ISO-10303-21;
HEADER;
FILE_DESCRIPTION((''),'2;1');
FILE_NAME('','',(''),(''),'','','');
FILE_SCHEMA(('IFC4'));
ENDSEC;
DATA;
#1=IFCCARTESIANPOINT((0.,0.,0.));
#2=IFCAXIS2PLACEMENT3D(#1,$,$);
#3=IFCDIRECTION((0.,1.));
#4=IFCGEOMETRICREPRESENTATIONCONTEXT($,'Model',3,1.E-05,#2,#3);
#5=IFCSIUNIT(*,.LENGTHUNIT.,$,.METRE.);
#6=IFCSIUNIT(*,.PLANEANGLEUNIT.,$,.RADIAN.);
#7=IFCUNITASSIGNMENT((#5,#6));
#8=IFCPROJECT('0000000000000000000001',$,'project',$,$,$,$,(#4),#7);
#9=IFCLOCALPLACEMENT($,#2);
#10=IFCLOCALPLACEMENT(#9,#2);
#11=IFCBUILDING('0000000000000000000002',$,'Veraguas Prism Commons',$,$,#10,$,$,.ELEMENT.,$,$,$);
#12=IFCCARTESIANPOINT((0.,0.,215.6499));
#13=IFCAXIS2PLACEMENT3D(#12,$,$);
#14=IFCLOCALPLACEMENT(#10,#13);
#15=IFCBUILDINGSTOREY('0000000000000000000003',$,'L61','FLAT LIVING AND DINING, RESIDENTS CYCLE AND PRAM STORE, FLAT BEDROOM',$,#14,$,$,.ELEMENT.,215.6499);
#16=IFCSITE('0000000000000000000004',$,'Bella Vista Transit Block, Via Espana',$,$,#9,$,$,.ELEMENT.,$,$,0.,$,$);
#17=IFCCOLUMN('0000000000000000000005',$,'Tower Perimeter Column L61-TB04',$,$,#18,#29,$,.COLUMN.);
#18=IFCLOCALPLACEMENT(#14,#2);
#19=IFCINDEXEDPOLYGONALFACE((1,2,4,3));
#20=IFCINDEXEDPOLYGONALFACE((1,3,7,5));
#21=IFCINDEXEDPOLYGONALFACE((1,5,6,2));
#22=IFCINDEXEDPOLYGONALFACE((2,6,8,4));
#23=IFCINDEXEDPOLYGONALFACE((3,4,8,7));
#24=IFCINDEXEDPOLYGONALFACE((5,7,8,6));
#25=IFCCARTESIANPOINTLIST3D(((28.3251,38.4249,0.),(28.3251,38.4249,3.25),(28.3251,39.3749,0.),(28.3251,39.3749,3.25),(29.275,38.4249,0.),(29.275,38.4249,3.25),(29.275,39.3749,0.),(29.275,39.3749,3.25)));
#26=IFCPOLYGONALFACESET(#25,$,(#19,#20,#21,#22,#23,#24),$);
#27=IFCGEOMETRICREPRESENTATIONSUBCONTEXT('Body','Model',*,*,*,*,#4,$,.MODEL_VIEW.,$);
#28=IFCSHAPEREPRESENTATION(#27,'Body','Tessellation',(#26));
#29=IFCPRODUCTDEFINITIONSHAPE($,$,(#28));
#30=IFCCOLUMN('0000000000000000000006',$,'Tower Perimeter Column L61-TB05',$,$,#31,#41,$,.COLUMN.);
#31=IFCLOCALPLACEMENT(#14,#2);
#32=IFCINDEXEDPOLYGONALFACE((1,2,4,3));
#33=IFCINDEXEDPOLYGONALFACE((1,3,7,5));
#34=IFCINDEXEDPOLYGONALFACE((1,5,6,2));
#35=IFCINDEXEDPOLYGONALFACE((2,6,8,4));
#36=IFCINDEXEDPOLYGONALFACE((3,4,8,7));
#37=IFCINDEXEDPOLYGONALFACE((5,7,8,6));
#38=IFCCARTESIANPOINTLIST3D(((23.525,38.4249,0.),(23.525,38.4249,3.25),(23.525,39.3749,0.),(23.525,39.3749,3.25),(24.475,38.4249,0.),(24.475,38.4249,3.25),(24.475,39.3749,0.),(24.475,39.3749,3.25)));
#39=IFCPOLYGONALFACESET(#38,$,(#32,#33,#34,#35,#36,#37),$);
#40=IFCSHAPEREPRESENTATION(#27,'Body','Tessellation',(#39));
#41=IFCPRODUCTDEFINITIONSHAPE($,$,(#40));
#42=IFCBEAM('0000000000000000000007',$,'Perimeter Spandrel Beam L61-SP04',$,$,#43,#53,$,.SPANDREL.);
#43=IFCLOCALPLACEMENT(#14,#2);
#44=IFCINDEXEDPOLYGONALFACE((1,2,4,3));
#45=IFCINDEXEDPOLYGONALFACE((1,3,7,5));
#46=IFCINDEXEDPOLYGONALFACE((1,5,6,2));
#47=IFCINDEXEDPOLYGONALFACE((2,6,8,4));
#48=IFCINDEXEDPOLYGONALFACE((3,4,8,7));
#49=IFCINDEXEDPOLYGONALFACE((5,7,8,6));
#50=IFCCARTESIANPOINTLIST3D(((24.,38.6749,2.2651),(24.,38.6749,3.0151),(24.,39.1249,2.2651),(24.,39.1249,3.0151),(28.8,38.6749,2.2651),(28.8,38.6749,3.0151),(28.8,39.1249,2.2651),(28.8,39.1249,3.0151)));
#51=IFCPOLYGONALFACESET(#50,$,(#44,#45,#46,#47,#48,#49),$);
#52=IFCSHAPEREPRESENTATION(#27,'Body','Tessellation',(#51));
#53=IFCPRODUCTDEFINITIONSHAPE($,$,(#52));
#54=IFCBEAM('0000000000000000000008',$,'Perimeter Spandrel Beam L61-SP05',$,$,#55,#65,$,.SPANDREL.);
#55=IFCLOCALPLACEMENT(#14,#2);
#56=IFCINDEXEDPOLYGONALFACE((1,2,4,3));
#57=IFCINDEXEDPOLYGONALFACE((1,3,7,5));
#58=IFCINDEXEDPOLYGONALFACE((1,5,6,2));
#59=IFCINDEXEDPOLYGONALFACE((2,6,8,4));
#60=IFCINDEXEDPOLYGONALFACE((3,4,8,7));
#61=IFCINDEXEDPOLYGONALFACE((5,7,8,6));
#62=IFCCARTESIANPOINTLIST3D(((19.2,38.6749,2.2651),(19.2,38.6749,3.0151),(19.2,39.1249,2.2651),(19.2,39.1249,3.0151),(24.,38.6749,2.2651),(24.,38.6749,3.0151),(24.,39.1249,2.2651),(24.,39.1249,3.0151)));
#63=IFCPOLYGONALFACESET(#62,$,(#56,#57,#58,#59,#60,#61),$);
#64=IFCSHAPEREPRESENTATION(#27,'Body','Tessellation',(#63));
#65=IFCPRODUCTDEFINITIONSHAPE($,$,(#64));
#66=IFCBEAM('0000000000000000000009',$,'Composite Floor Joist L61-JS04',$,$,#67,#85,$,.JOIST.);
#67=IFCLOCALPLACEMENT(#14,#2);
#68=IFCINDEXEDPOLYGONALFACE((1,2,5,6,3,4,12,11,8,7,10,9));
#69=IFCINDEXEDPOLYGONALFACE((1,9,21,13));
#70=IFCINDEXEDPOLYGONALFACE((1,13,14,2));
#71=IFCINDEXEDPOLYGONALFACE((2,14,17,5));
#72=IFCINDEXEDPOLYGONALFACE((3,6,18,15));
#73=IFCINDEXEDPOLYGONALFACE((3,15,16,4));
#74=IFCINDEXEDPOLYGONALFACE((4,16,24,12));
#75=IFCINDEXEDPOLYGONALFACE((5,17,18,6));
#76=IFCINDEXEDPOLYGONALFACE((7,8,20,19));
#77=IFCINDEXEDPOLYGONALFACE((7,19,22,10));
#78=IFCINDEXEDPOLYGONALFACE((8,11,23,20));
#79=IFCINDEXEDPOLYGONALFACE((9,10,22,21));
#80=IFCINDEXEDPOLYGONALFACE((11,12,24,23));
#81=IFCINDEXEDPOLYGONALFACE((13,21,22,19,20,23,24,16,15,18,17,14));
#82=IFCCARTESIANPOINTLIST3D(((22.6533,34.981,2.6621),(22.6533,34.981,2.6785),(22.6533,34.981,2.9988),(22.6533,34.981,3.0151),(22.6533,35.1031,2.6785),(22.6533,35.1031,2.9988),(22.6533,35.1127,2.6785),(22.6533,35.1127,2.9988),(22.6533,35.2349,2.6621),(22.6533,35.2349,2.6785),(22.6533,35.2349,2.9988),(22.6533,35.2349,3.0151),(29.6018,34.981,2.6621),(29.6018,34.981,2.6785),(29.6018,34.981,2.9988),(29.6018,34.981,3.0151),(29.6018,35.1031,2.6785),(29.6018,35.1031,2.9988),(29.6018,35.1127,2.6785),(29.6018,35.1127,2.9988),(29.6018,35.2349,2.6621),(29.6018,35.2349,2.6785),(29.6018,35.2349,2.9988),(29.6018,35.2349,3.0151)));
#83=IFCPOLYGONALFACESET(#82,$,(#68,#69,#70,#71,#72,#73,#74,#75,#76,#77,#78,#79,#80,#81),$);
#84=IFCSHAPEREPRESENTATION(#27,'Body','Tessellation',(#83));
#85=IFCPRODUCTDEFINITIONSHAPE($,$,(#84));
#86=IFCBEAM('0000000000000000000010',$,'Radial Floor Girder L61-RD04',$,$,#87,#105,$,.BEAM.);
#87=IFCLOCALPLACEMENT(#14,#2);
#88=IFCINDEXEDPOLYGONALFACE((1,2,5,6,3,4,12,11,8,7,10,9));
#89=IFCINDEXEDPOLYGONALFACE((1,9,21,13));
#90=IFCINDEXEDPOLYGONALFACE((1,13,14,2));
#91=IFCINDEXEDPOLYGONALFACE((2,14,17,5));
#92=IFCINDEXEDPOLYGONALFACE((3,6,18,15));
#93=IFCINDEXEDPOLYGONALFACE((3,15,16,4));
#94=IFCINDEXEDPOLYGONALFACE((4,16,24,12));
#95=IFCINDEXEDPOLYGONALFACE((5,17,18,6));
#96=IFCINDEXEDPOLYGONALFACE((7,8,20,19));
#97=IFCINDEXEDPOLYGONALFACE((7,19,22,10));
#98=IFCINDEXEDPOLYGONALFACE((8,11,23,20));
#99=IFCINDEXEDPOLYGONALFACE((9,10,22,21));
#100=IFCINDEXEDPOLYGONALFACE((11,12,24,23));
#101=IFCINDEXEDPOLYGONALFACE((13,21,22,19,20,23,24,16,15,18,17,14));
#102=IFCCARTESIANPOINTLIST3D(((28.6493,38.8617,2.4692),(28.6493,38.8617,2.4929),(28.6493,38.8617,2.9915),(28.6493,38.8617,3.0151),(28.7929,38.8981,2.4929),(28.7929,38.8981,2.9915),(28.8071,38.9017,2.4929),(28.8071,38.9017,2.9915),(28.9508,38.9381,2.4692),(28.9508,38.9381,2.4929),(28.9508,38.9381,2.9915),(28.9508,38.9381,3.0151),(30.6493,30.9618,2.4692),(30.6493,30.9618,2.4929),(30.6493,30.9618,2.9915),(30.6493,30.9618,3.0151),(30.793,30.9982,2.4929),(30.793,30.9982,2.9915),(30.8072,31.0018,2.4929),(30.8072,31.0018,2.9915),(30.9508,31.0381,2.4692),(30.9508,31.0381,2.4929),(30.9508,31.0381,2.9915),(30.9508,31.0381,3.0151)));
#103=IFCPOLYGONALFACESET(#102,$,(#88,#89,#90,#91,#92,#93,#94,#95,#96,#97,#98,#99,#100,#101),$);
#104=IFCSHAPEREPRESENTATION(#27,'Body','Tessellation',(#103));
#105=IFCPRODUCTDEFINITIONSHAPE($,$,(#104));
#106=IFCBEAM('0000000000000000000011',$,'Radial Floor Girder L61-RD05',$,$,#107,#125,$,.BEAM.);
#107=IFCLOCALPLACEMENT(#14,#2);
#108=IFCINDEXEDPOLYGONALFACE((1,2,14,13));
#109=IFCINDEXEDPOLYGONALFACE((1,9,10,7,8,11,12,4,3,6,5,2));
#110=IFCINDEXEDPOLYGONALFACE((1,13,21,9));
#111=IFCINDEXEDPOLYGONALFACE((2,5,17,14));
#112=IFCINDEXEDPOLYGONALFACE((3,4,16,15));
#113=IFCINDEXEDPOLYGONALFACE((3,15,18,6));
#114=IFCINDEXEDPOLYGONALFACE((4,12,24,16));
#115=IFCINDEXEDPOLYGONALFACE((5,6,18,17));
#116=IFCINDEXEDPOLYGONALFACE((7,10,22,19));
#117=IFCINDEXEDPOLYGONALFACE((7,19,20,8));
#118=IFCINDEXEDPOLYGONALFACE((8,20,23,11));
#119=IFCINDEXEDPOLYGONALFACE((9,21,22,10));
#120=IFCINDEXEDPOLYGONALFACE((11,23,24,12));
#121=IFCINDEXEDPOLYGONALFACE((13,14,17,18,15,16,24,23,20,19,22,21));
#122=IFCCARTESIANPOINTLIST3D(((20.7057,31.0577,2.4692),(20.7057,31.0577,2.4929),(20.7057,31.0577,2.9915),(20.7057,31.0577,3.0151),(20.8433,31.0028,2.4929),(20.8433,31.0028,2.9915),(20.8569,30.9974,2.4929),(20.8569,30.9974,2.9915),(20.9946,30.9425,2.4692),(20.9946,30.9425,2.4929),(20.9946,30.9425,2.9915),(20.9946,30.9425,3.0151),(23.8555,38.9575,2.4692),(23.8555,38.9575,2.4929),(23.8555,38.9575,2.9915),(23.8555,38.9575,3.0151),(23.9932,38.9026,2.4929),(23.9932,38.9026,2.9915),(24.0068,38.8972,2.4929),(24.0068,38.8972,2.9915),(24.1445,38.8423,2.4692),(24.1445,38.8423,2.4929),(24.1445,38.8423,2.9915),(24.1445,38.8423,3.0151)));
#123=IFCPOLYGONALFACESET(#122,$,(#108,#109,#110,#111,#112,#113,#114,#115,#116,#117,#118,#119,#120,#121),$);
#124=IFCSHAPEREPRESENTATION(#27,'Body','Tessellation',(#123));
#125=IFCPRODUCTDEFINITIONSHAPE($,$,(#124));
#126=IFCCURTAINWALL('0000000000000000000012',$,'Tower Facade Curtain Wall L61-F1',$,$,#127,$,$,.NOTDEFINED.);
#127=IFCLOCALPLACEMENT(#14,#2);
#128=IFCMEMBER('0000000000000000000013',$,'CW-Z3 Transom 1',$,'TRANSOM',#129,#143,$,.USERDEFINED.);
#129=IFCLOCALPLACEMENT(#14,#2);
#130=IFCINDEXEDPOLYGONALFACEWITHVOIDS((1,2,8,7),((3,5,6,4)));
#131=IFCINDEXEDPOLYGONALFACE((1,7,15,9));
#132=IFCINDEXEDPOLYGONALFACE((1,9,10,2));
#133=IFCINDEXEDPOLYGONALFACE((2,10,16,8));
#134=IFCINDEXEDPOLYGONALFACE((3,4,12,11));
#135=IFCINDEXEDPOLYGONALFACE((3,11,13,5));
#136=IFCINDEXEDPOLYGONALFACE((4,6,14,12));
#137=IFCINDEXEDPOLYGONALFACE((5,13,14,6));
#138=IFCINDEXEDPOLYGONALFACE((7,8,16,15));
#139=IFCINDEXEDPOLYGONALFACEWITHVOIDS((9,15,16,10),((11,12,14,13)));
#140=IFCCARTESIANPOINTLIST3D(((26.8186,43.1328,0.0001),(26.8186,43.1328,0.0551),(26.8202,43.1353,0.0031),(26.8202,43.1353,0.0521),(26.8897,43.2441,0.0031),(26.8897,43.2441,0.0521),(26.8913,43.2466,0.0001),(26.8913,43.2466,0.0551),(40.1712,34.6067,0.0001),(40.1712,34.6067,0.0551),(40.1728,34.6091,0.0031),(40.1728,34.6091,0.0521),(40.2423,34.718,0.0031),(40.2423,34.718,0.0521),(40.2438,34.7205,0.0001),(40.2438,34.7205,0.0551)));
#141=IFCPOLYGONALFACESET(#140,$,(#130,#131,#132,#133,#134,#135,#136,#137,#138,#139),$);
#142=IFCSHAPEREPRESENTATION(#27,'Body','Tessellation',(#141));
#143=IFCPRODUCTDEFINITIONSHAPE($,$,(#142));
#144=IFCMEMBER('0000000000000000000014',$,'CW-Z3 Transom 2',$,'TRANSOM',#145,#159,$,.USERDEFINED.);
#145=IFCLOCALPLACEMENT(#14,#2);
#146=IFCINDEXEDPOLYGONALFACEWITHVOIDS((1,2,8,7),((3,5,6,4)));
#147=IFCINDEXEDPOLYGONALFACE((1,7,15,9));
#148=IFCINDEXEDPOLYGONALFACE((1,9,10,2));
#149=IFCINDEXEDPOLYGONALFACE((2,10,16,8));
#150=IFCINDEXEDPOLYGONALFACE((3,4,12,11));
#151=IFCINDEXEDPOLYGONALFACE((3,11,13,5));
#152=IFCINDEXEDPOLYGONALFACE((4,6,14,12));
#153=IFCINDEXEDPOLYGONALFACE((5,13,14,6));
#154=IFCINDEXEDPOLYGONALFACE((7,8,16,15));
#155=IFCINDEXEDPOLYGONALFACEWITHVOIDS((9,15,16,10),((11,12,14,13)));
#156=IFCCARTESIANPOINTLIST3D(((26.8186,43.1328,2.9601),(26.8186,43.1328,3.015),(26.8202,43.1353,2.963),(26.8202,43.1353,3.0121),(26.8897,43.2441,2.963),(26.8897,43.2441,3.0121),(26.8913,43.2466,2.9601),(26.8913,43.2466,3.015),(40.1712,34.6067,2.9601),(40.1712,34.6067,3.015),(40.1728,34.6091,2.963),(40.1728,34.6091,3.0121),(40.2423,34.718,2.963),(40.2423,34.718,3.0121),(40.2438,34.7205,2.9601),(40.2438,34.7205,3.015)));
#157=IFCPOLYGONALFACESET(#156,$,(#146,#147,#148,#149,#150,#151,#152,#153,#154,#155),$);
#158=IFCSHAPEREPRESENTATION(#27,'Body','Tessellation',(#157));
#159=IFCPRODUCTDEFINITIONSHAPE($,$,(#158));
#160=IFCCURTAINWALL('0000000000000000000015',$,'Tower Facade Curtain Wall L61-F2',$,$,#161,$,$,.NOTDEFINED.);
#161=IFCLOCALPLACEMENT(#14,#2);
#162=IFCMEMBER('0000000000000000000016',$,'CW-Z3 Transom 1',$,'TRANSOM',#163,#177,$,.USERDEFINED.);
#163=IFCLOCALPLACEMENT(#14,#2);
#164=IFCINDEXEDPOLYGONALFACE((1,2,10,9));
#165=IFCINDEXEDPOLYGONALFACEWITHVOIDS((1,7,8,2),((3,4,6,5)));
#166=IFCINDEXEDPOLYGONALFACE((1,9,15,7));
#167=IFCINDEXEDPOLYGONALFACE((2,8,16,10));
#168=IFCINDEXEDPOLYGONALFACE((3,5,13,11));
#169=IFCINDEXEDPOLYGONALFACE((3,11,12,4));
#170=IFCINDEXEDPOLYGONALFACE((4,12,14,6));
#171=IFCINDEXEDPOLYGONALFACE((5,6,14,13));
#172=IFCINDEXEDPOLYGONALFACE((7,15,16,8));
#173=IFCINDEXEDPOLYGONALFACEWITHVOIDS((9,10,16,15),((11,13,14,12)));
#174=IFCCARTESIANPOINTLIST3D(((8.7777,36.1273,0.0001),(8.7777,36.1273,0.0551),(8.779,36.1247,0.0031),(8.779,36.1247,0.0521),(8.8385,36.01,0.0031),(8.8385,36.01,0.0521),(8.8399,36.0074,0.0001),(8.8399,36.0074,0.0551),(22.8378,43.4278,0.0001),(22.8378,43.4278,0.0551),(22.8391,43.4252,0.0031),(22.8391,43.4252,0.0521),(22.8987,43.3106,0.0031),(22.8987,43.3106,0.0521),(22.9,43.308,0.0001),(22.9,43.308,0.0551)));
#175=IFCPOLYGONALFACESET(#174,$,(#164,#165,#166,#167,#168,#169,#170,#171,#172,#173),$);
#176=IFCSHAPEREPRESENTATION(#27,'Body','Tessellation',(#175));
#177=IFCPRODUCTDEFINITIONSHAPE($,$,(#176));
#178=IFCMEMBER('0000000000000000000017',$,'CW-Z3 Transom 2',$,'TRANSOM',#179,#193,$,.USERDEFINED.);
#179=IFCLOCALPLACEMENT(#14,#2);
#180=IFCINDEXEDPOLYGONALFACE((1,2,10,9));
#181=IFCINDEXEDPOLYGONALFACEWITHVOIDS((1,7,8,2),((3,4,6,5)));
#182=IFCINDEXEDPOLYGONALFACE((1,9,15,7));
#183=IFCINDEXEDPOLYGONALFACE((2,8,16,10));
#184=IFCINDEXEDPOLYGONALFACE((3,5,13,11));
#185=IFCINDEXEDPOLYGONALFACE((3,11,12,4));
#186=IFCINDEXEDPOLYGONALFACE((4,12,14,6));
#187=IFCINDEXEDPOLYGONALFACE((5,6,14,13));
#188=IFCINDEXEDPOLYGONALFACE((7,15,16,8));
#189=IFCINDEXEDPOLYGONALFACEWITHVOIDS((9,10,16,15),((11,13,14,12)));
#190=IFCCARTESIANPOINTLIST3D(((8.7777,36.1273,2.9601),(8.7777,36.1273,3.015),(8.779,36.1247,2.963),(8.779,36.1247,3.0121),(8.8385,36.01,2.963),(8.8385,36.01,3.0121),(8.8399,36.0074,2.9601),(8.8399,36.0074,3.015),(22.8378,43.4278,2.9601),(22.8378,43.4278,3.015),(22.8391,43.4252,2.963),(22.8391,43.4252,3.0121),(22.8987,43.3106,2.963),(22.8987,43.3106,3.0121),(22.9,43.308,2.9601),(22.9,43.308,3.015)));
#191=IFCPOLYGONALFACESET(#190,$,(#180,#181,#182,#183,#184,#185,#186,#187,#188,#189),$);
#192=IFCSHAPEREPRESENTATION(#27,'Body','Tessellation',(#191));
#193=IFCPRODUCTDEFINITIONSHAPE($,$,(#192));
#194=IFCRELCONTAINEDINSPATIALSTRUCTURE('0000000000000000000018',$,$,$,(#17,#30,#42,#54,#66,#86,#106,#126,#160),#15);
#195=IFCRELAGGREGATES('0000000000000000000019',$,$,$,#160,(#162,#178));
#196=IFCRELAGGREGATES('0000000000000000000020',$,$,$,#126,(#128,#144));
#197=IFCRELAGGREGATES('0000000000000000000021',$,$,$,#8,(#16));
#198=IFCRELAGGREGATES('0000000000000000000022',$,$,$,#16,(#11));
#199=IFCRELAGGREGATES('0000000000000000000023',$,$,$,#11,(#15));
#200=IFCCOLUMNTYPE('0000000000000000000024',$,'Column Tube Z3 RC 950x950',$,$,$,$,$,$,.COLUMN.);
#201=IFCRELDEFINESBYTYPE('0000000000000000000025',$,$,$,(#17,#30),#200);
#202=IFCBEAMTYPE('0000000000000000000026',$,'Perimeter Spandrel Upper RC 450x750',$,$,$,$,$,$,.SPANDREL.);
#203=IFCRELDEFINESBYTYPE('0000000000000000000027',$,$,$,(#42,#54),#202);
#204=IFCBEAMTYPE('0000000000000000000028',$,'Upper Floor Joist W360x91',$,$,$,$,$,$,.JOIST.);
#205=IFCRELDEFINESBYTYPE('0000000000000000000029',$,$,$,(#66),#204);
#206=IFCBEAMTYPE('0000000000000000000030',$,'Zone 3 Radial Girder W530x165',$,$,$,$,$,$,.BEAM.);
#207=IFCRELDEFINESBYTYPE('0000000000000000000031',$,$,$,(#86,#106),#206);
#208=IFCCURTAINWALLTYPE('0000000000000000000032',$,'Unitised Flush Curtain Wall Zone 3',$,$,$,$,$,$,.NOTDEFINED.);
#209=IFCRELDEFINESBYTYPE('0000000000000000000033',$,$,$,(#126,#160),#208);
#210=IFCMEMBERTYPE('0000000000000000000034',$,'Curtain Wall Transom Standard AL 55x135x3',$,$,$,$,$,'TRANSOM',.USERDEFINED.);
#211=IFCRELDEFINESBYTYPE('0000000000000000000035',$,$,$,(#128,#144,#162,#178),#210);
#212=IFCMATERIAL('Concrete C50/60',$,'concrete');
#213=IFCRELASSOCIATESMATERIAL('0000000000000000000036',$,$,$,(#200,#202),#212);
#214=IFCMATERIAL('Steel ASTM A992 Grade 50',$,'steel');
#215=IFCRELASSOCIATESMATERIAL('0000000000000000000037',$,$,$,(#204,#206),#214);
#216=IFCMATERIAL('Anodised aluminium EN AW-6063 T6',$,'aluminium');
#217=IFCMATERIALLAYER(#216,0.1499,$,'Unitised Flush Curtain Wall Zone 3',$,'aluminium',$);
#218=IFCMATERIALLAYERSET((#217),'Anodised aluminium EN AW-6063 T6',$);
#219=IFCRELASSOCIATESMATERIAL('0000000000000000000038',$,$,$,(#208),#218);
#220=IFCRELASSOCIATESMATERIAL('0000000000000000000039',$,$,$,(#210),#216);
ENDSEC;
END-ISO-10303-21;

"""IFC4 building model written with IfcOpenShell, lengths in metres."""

from ifc_helpers import new_model, si_unit, direction, frame, origin, origin_2d, place, context, subcontext, project, spatial, rectangle, hollow_rectangle, i_section, extrude, source, transform, mapped, material, layer, layer_set, material_profile, profile_set, type_object, element, aggregate, save


model = new_model("IFC4")

# Units and contexts
model_context = context("Model", 3, precision=1e-05, world=origin(), true_north=direction((0.0, 1.0)))
body_context = subcontext(model_context, "Body", "Model", "MODEL_VIEW")
ifc_project = project(units=[si_unit("LENGTHUNIT", "METRE"), si_unit("PLANEANGLEUNIT", "RADIAN")], contexts=[model_context])

# Site, building, storey
site_placement = place(None, origin())
site = spatial("IfcSite", under=ifc_project, at=site_placement, Name="Bella Vista Transit Block, Via Espana", CompositionType="ELEMENT", RefElevation=0.0)
building_placement = place(site_placement, origin())
building = spatial("IfcBuilding", under=site, at=building_placement, Name="Veraguas Prism Commons", CompositionType="ELEMENT")
storey_placement = place(building_placement, frame((0.0, 0.0, 215.6499)))
storey = spatial("IfcBuildingStorey", under=building, at=storey_placement, Name="L61", Description="FLAT LIVING AND DINING, RESIDENTS CYCLE AND PRAM STORE, FLAT BEDROOM", CompositionType="ELEMENT", Elevation=215.6499)

# Columns
ifc_material_1 = material(Name="Concrete C50/60", Category="concrete")
ifc_material_profile_1 = material_profile(ifc_material_1, rectangle(XDim=0.95, YDim=0.95, at=origin_2d()), Name="RC950X950")
ifc_profile_set_1 = profile_set([ifc_material_profile_1], Name="Concrete C50/60")
column_type = type_object("IfcColumnType", Name="Column Tube Z3 RC 950x950", PredefinedType="COLUMN", material=ifc_profile_set_1)
for number, where, z_axis, x_axis, name in (
    (1, (28.8, 38.8999, 0.0), (0.0, 0.0, 1.0), (1.0, 0.0, 0.0), "Tower Perimeter Column L61-TB04"),
    (2, (24.0, 38.8999, 0.0), (0.0, 0.0, 1.0), (1.0, 0.0, 0.0), "Tower Perimeter Column L61-TB05"),
):
    element("IfcColumn", number, at=place(storey_placement, frame(where, z_axis=z_axis, x_axis=x_axis)), inside=storey, type_object=column_type, Name=name, PredefinedType="COLUMN", context=body_context, shape_type="SweptSolid", body=[
        extrude(rectangle(XDim=0.95, YDim=0.95, at=origin_2d()), origin(), (0.0, 0.0, 1.0), 3.25),
    ])

# Beams
ifc_material_profile_2 = material_profile(ifc_material_1, rectangle(XDim=0.45, YDim=0.75, at=origin_2d()), Name="RC450X750")
ifc_profile_set_2 = profile_set([ifc_material_profile_2], Name="Concrete C50/60")
beam_type_1 = type_object("IfcBeamType", Name="Perimeter Spandrel Upper RC 450x750", PredefinedType="SPANDREL", material=ifc_profile_set_2)
for number, where, z_axis, x_axis, name in (
    (3, (28.8, 38.8999, 2.6401), (-1.0, 0.0, 0.0), (0.0, -1.0, 0.0), "Perimeter Spandrel Beam L61-SP04"),
    (4, (24.0, 38.8999, 2.6401), (-1.0, 0.0, 0.0), (0.0, -1.0, 0.0), "Perimeter Spandrel Beam L61-SP05"),
):
    element("IfcBeam", number, at=place(storey_placement, frame(where, z_axis=z_axis, x_axis=x_axis)), inside=storey, type_object=beam_type_1, Name=name, PredefinedType="SPANDREL", context=body_context, shape_type="SweptSolid", body=[
        extrude(rectangle(XDim=0.45, YDim=0.75, at=origin_2d()), origin(), (0.0, 0.0, 1.0), 4.8),
    ])
ifc_material_2 = material(Name="Steel ASTM A992 Grade 50", Category="steel")
ifc_material_profile_3 = material_profile(ifc_material_2, i_section(OverallWidth=0.2539, OverallDepth=0.353, WebThickness=0.0095, FlangeThickness=0.0164, at=origin_2d()), Name="W360X91")
ifc_profile_set_3 = profile_set([ifc_material_profile_3], Name="Steel ASTM A992 Grade 50")
beam_type_2 = type_object("IfcBeamType", Name="Upper Floor Joist W360x91", PredefinedType="JOIST", material=ifc_profile_set_3)
beam_1_placement = place(storey_placement, frame((29.6018, 35.1079, 2.8386), z_axis=(-1.0, 0.0, 0.0), x_axis=(0.0, -1.0, 0.0)))
element("IfcBeam", 5, at=beam_1_placement, inside=storey, type_object=beam_type_2, Name="Composite Floor Joist L61-JS04", PredefinedType="JOIST", context=body_context, shape_type="SweptSolid", body=[
    extrude(i_section(OverallWidth=0.2539, OverallDepth=0.353, WebThickness=0.0095, FlangeThickness=0.0164, at=origin_2d()), origin(), (0.0, 0.0, 1.0), 6.9485),
])
ifc_material_profile_4 = material_profile(ifc_material_2, i_section(OverallWidth=0.311, OverallDepth=0.5459, WebThickness=0.0146, FlangeThickness=0.0237, at=origin_2d()), Name="W530X165")
ifc_profile_set_4 = profile_set([ifc_material_profile_4], Name="Steel ASTM A992 Grade 50")
beam_type_3 = type_object("IfcBeamType", Name="Zone 3 Radial Girder W530x165", PredefinedType="BEAM", material=ifc_profile_set_4)
beam_2_placement = place(storey_placement, frame((28.8, 38.8999, 2.7422), z_axis=(0.245425, -0.969416, 0.0), x_axis=(0.969416, 0.245425, 0.0)))
element("IfcBeam", 6, at=beam_2_placement, inside=storey, type_object=beam_type_3, Name="Radial Floor Girder L61-RD04", PredefinedType="BEAM", context=body_context, shape_type="SweptSolid", body=[
    extrude(i_section(OverallWidth=0.311, OverallDepth=0.5459, WebThickness=0.0146, FlangeThickness=0.0237, at=origin_2d()), origin(), (0.0, 0.0, 1.0), 8.1492),
])
beam_3_placement = place(storey_placement, frame((24.0, 38.8999, 2.7422), z_axis=(-0.370371, -0.928884, 0.0), x_axis=(0.928884, -0.370371, 0.0)))
element("IfcBeam", 7, at=beam_3_placement, inside=storey, type_object=beam_type_3, Name="Radial Floor Girder L61-RD05", PredefinedType="BEAM", context=body_context, shape_type="SweptSolid", body=[
    extrude(i_section(OverallWidth=0.311, OverallDepth=0.5459, WebThickness=0.0146, FlangeThickness=0.0237, at=origin_2d()), origin(), (0.0, 0.0, 1.0), 8.5046),
])

# Curtain walls, members
ifc_material_3 = material(Name="Anodised aluminium EN AW-6063 T6", Category="aluminium")
ifc_layer_1 = layer(ifc_material_3, 0.1499, Name="Unitised Flush Curtain Wall Zone 3", Category="aluminium")
ifc_layer_set_1 = layer_set([ifc_layer_1], Name="Anodised aluminium EN AW-6063 T6")
curtain_wall_type = type_object("IfcCurtainWallType", Name="Unitised Flush Curtain Wall Zone 3", PredefinedType="NOTDEFINED", material=ifc_layer_set_1)
curtain_wall_1_placement = place(storey_placement, origin())
curtain_wall_1 = element("IfcCurtainWall", 8, at=curtain_wall_1_placement, inside=storey, type_object=curtain_wall_type, Name="Tower Facade Curtain Wall L61-F1", PredefinedType="NOTDEFINED")
ifc_material_profile_5 = material_profile(ifc_material_3, hollow_rectangle(XDim=0.0549, YDim=0.135, WallThickness=0.0029, at=origin_2d()), Name="AL55X135X3")
ifc_profile_set_5 = profile_set([ifc_material_profile_5], Name="Anodised aluminium EN AW-6063 T6")
member_type_1 = type_object("IfcMemberType", Name="Curtain Wall Transom Standard AL 55x135x3", ElementType="TRANSOM", PredefinedType="USERDEFINED", material=ifc_profile_set_5)
shared_shape_1 = source(origin(), body_context, "Body", "SweptSolid", [
    extrude(hollow_rectangle(XDim=0.0549, YDim=0.135, WallThickness=0.0029, at=origin_2d()), origin(), (0.0, 0.0, 1.0), 15.8425),
])
member_1_placement = place(storey_placement, frame((40.2075, 34.6636, 0.0276), z_axis=(-0.84283, 0.53818, 0.0), x_axis=(0.0, 0.0, 1.0)))
member_1 = element("IfcMember", 9, at=member_1_placement, type_object=member_type_1, Name="CW-Z3 Transom 1", ObjectType="TRANSOM", PredefinedType="USERDEFINED", context=body_context, shape_type="MappedRepresentation", body=[
    mapped(shared_shape_1, transform((0.0, 0.0, 0.0), scale=1.0)),
])
member_2_placement = place(storey_placement, frame((40.2075, 34.6636, 2.9875), z_axis=(-0.84283, 0.53818, 0.0), x_axis=(0.0, 0.0, 1.0)))
member_2 = element("IfcMember", 10, at=member_2_placement, type_object=member_type_1, Name="CW-Z3 Transom 2", ObjectType="TRANSOM", PredefinedType="USERDEFINED", context=body_context, shape_type="MappedRepresentation", body=[
    mapped(shared_shape_1, transform((0.0, 0.0, 0.0), scale=1.0)),
])
curtain_wall_2_placement = place(storey_placement, origin())
curtain_wall_2 = element("IfcCurtainWall", 11, at=curtain_wall_2_placement, inside=storey, type_object=curtain_wall_type, Name="Tower Facade Curtain Wall L61-F2", PredefinedType="NOTDEFINED")
member_3_placement = place(storey_placement, frame((22.8689, 43.3679, 0.0276), z_axis=(-0.887493, -0.460821, 0.0), x_axis=(0.0, 0.0, 1.0)))
member_3 = element("IfcMember", 12, at=member_3_placement, type_object=member_type_1, Name="CW-Z3 Transom 1", ObjectType="TRANSOM", PredefinedType="USERDEFINED", context=body_context, shape_type="MappedRepresentation", body=[
    mapped(shared_shape_1, transform((0.0, 0.0, 0.0), scale=1.0)),
])
member_4_placement = place(storey_placement, frame((22.8689, 43.3679, 2.9875), z_axis=(-0.887493, -0.460821, 0.0), x_axis=(0.0, 0.0, 1.0)))
member_4 = element("IfcMember", 13, at=member_4_placement, type_object=member_type_1, Name="CW-Z3 Transom 2", ObjectType="TRANSOM", PredefinedType="USERDEFINED", context=body_context, shape_type="MappedRepresentation", body=[
    mapped(shared_shape_1, transform((0.0, 0.0, 0.0), scale=1.0)),
])

aggregate(curtain_wall_2, [member_3, member_4])

aggregate(curtain_wall_1, [member_1, member_2])

save(model, "model.ifc")
